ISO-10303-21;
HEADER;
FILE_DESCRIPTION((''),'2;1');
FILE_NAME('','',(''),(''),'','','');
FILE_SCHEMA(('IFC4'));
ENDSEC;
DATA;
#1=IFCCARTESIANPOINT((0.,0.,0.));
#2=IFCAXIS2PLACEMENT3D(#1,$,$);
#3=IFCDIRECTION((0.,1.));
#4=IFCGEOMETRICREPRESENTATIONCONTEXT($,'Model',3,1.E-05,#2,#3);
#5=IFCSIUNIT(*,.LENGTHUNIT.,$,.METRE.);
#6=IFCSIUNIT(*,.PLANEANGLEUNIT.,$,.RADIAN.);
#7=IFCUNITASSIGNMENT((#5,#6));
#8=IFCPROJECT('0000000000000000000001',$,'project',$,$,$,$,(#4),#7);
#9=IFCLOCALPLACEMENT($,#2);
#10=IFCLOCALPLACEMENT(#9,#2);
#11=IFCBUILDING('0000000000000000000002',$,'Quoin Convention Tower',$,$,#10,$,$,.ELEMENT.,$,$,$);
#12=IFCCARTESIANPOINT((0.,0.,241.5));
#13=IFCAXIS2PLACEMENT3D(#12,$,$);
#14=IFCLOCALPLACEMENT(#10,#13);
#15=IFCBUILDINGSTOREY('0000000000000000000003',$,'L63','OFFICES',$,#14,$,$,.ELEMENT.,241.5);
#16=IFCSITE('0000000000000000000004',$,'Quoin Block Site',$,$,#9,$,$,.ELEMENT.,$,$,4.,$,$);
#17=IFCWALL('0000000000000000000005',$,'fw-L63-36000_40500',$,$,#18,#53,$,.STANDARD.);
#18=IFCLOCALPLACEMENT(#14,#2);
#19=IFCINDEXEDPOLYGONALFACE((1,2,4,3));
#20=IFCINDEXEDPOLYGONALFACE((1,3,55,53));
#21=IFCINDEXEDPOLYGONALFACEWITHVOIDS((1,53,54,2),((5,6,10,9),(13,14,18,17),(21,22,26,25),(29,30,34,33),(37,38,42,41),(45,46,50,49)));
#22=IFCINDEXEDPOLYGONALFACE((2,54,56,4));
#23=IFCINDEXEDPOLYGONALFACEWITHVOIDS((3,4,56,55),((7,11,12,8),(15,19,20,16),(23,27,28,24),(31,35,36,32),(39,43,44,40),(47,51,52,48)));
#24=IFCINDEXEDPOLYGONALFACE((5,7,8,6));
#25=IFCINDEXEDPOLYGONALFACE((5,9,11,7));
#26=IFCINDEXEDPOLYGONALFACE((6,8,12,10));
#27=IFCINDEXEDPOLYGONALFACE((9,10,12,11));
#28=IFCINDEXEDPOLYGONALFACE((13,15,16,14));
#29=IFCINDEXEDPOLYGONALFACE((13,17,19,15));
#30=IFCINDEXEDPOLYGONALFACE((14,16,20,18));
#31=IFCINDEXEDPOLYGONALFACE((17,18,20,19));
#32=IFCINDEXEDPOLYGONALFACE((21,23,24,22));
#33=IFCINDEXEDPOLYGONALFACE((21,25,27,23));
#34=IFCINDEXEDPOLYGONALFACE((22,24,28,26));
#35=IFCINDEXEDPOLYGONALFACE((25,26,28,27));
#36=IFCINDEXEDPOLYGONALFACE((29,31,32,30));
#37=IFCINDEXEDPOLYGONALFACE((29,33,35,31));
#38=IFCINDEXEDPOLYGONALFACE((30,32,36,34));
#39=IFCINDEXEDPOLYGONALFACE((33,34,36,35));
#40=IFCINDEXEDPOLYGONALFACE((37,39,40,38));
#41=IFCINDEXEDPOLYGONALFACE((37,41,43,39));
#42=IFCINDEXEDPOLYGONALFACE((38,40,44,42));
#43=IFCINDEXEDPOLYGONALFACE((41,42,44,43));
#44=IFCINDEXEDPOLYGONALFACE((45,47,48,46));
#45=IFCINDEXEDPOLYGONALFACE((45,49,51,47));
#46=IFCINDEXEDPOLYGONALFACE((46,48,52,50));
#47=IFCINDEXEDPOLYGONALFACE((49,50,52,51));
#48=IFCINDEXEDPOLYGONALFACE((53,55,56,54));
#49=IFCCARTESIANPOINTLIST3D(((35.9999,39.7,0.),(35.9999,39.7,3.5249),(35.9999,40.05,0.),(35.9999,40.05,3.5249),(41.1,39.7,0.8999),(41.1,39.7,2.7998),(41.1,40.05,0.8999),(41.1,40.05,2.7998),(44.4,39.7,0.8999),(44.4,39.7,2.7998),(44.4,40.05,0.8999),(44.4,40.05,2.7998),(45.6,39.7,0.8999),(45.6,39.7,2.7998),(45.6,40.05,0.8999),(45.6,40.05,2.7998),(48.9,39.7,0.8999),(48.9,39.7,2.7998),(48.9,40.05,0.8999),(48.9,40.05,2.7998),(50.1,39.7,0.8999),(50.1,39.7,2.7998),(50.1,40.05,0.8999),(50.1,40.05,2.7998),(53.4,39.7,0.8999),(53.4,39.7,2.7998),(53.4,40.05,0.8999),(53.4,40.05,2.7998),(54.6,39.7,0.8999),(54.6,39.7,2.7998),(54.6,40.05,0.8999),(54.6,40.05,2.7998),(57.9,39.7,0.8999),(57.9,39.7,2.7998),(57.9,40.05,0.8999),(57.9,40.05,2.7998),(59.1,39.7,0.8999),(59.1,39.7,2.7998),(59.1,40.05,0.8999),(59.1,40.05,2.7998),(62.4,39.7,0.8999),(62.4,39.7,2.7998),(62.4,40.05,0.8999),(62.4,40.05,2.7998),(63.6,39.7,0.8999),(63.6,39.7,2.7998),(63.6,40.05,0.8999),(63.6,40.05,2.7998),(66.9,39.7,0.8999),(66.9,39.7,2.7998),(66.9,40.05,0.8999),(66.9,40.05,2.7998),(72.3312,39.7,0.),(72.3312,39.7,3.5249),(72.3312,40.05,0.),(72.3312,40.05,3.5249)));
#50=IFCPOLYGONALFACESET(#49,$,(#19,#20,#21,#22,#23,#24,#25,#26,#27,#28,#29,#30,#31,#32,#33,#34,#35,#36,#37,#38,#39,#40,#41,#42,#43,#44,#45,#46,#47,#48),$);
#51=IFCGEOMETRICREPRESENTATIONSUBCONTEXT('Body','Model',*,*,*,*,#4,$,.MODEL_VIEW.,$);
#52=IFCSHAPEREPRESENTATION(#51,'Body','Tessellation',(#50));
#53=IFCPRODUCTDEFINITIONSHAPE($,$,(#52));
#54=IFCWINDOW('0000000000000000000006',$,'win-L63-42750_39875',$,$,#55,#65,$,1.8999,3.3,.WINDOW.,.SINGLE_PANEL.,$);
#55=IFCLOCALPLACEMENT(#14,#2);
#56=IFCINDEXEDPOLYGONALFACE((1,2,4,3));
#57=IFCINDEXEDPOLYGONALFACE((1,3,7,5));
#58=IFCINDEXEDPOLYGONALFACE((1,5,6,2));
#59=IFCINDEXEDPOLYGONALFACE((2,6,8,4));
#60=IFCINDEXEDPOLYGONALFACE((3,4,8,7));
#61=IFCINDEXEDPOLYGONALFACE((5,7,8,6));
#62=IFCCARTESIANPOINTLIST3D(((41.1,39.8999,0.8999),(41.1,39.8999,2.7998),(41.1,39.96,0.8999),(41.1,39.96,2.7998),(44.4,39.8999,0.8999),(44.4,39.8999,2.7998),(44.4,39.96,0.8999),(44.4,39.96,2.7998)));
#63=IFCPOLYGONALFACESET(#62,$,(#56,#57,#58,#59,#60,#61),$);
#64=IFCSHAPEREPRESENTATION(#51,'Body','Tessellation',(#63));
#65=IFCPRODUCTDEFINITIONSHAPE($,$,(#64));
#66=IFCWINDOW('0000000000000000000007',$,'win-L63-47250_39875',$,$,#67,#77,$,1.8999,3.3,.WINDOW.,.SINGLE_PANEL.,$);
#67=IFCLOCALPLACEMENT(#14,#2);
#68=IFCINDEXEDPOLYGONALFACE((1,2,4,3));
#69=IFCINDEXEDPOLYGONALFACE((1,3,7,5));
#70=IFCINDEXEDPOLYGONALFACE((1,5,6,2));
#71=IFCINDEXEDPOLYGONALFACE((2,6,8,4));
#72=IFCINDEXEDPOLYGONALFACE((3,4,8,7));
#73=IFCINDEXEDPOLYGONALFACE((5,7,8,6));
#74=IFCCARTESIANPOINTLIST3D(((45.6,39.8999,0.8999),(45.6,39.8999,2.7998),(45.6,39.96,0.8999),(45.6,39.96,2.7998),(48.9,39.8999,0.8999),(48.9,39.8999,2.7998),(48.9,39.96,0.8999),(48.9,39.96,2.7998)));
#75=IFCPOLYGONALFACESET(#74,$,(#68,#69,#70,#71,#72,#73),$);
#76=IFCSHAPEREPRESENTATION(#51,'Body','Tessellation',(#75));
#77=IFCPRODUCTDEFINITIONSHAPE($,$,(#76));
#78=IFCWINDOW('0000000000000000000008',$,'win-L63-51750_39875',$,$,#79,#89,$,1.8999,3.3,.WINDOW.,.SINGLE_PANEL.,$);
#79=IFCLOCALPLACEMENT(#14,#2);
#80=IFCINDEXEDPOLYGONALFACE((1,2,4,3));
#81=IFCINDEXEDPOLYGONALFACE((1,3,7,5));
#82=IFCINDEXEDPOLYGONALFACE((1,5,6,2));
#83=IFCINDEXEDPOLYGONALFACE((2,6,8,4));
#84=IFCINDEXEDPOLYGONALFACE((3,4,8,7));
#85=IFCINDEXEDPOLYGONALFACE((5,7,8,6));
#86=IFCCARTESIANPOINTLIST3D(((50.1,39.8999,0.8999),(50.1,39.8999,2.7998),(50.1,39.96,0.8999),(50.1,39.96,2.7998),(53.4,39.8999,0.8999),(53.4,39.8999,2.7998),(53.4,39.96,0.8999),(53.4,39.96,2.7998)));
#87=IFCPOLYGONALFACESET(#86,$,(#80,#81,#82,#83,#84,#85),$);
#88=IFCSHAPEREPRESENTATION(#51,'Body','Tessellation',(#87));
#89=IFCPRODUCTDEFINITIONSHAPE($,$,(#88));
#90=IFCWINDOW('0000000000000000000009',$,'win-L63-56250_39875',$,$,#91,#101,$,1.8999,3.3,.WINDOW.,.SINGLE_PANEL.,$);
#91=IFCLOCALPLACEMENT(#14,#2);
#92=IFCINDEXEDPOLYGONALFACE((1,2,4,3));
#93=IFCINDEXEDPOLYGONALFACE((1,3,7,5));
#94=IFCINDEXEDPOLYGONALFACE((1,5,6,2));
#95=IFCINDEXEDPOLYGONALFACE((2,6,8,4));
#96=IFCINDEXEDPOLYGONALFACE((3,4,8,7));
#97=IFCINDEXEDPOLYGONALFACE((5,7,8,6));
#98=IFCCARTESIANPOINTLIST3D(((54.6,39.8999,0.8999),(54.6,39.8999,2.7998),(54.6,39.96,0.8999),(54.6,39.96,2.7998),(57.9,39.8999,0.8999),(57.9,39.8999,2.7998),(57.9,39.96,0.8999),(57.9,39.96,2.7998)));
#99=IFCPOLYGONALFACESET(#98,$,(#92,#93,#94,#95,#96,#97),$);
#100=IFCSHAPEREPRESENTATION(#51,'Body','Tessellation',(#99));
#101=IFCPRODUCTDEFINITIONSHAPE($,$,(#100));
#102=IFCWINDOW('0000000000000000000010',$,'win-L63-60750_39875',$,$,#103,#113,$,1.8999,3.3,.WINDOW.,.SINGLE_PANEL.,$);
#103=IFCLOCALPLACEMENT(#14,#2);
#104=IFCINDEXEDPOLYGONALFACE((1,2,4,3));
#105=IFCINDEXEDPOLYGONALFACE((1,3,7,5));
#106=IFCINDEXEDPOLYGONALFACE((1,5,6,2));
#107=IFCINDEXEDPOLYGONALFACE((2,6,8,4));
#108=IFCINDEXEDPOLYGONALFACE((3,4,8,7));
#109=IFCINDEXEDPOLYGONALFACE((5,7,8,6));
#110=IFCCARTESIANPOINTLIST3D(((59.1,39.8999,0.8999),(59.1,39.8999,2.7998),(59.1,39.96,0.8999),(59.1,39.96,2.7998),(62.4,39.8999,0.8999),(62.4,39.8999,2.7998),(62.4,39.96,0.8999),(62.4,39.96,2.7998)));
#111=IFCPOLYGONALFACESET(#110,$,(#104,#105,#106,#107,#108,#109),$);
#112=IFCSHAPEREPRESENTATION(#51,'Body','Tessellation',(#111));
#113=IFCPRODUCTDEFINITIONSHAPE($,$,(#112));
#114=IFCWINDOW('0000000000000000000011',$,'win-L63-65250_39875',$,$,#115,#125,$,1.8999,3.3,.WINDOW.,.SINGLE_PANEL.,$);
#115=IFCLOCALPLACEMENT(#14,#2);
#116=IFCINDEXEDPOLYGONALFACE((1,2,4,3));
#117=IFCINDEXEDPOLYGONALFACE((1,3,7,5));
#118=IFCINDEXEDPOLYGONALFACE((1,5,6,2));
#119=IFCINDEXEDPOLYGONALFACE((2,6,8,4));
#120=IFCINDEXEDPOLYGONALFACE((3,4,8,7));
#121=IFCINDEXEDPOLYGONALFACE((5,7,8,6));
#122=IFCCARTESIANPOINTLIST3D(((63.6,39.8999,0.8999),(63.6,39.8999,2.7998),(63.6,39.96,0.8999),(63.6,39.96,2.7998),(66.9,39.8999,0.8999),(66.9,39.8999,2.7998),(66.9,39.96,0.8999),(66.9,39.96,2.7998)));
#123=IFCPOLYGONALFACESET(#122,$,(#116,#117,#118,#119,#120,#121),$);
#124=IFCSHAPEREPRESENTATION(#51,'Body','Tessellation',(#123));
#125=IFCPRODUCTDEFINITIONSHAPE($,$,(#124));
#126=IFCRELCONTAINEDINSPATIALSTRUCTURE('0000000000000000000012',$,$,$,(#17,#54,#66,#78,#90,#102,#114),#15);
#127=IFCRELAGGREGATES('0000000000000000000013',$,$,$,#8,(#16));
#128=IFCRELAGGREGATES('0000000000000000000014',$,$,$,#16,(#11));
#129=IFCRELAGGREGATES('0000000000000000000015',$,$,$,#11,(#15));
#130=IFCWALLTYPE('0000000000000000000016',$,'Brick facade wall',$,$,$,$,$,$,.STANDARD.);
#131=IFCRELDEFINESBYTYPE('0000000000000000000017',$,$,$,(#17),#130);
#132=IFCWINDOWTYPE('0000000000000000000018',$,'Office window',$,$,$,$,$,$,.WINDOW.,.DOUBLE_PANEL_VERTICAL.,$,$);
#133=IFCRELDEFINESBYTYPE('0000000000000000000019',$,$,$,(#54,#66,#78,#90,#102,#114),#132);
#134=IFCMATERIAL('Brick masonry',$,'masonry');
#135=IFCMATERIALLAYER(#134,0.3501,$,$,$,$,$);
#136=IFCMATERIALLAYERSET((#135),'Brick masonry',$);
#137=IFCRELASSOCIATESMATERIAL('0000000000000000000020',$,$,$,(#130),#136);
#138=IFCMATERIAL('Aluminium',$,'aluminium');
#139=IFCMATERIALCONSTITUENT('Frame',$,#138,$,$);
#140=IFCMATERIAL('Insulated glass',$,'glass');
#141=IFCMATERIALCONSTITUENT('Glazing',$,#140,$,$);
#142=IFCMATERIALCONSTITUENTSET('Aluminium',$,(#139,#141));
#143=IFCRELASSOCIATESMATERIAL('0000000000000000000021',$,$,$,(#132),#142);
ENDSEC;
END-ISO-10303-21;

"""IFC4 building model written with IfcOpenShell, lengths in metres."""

from ifc_helpers import new_model, si_unit, direction, frame, frame_2d, origin, place, context, subcontext, project, spatial, rectangle, extrude, material, layer, layer_set, constituent, constituent_set, type_object, element, fill, save


model = new_model("IFC4")

# Units and contexts
model_context = context("Model", 3, precision=1e-05, world=origin(), true_north=direction((0.0, 1.0)))
body_context = subcontext(model_context, "Body", "Model", "MODEL_VIEW")
ifc_project = project(units=[si_unit("LENGTHUNIT", "METRE"), si_unit("PLANEANGLEUNIT", "RADIAN")], contexts=[model_context])

# Site, building, storey
site_placement = place(None, origin())
site = spatial("IfcSite", under=ifc_project, at=site_placement, Name="Quoin Block Site", CompositionType="ELEMENT", RefElevation=4.0)
building_placement = place(site_placement, origin())
building = spatial("IfcBuilding", under=site, at=building_placement, Name="Quoin Convention Tower", CompositionType="ELEMENT")
storey_placement = place(building_placement, frame((0.0, 0.0, 241.5)))
storey = spatial("IfcBuildingStorey", under=building, at=storey_placement, Name="L63", Description="OFFICES", CompositionType="ELEMENT", Elevation=241.5)

# Wall, openings, windows
ifc_material_1 = material(Name="Brick masonry", Category="masonry")
ifc_layer_1 = layer(ifc_material_1, 0.3501)
ifc_layer_set_1 = layer_set([ifc_layer_1], Name="Brick masonry")
wall_type = type_object("IfcWallType", Name="Brick facade wall", PredefinedType="STANDARD", material=ifc_layer_set_1)
wall_1_placement = place(storey_placement, frame((36.0, 39.875, 0.0), z_axis=(0.0, 0.0, 1.0), x_axis=(1.0, 0.0, 0.0)))
wall_1 = element("IfcWall", 1, at=wall_1_placement, inside=storey, type_object=wall_type, Name="fw-L63-36000_40500", PredefinedType="STANDARD", context=body_context, shape_type="SweptSolid", body=[
    extrude(rectangle(XDim=36.3313, YDim=0.3501, at=frame_2d((18.1655, 0.0))), origin(), (0.0, 0.0, 1.0), 3.5249),
])
opening_1_placement = place(wall_1_placement, frame((5.1001, 0.0, 0.8999)))
opening_1 = element("IfcOpeningElement", 2, at=opening_1_placement, cuts=wall_1, PredefinedType="OPENING", context=body_context, shape_type="SweptSolid", body=[
    extrude(rectangle(XDim=3.3, YDim=1.8999, at=frame_2d((1.6499, 0.95))), frame((0.0, 0.1851, 0.0), z_axis=(0.0, -1.0, 0.0), x_axis=(1.0, 0.0, 0.0)), (0.0, 0.0, 1.0), 0.3701),
])
opening_2_placement = place(wall_1_placement, frame((9.6001, 0.0, 0.8999)))
opening_2 = element("IfcOpeningElement", 3, at=opening_2_placement, cuts=wall_1, PredefinedType="OPENING", context=body_context, shape_type="SweptSolid", body=[
    extrude(rectangle(XDim=3.3, YDim=1.8999, at=frame_2d((1.6499, 0.95))), frame((0.0, 0.1851, 0.0), z_axis=(0.0, -1.0, 0.0), x_axis=(1.0, 0.0, 0.0)), (0.0, 0.0, 1.0), 0.3701),
])
opening_3_placement = place(wall_1_placement, frame((14.1001, 0.0, 0.8999)))
opening_3 = element("IfcOpeningElement", 4, at=opening_3_placement, cuts=wall_1, PredefinedType="OPENING", context=body_context, shape_type="SweptSolid", body=[
    extrude(rectangle(XDim=3.3, YDim=1.8999, at=frame_2d((1.6499, 0.95))), frame((0.0, 0.1851, 0.0), z_axis=(0.0, -1.0, 0.0), x_axis=(1.0, 0.0, 0.0)), (0.0, 0.0, 1.0), 0.3701),
])
opening_4_placement = place(wall_1_placement, frame((18.6001, 0.0, 0.8999)))
opening_4 = element("IfcOpeningElement", 5, at=opening_4_placement, cuts=wall_1, PredefinedType="OPENING", context=body_context, shape_type="SweptSolid", body=[
    extrude(rectangle(XDim=3.3, YDim=1.8999, at=frame_2d((1.6499, 0.95))), frame((0.0, 0.1851, 0.0), z_axis=(0.0, -1.0, 0.0), x_axis=(1.0, 0.0, 0.0)), (0.0, 0.0, 1.0), 0.3701),
])
opening_5_placement = place(wall_1_placement, frame((23.1001, 0.0, 0.8999)))
opening_5 = element("IfcOpeningElement", 6, at=opening_5_placement, cuts=wall_1, PredefinedType="OPENING", context=body_context, shape_type="SweptSolid", body=[
    extrude(rectangle(XDim=3.3, YDim=1.8999, at=frame_2d((1.6499, 0.95))), frame((0.0, 0.1851, 0.0), z_axis=(0.0, -1.0, 0.0), x_axis=(1.0, 0.0, 0.0)), (0.0, 0.0, 1.0), 0.3701),
])
opening_6_placement = place(wall_1_placement, frame((27.6001, 0.0, 0.8999)))
opening_6 = element("IfcOpeningElement", 7, at=opening_6_placement, cuts=wall_1, PredefinedType="OPENING", context=body_context, shape_type="SweptSolid", body=[
    extrude(rectangle(XDim=3.3, YDim=1.8999, at=frame_2d((1.6499, 0.95))), frame((0.0, 0.1851, 0.0), z_axis=(0.0, -1.0, 0.0), x_axis=(1.0, 0.0, 0.0)), (0.0, 0.0, 1.0), 0.3701),
])
ifc_material_2 = material(Name="Aluminium", Category="aluminium")
ifc_constituent_1 = constituent(ifc_material_2, Name="Frame")
ifc_material_3 = material(Name="Insulated glass", Category="glass")
ifc_constituent_2 = constituent(ifc_material_3, Name="Glazing")
ifc_constituent_set = constituent_set(constituents=[ifc_constituent_1, ifc_constituent_2], Name="Aluminium")
window_type = type_object("IfcWindowType", Name="Office window", PartitioningType="DOUBLE_PANEL_VERTICAL", PredefinedType="WINDOW", material=ifc_constituent_set)
window_1_placement = place(opening_1_placement, origin())
window_1 = element("IfcWindow", 8, at=window_1_placement, inside=storey, type_object=window_type, Name="win-L63-42750_39875", OverallHeight=1.8999, OverallWidth=3.3, PartitioningType="SINGLE_PANEL", PredefinedType="WINDOW", context=body_context, shape_type="SweptSolid", body=[
    extrude(rectangle(XDim=3.3, YDim=1.8999, at=frame_2d((1.6499, 0.95))), frame((0.0, 0.085, 0.0), z_axis=(0.0, -1.0, 0.0), x_axis=(1.0, 0.0, 0.0)), (0.0, 0.0, 1.0), 0.0601),
])
fill(opening_1, window_1)
window_2_placement = place(opening_2_placement, origin())
window_2 = element("IfcWindow", 9, at=window_2_placement, inside=storey, type_object=window_type, Name="win-L63-47250_39875", OverallHeight=1.8999, OverallWidth=3.3, PartitioningType="SINGLE_PANEL", PredefinedType="WINDOW", context=body_context, shape_type="SweptSolid", body=[
    extrude(rectangle(XDim=3.3, YDim=1.8999, at=frame_2d((1.6499, 0.95))), frame((0.0, 0.085, 0.0), z_axis=(0.0, -1.0, 0.0), x_axis=(1.0, 0.0, 0.0)), (0.0, 0.0, 1.0), 0.0601),
])
fill(opening_2, window_2)
window_3_placement = place(opening_3_placement, origin())
window_3 = element("IfcWindow", 10, at=window_3_placement, inside=storey, type_object=window_type, Name="win-L63-51750_39875", OverallHeight=1.8999, OverallWidth=3.3, PartitioningType="SINGLE_PANEL", PredefinedType="WINDOW", context=body_context, shape_type="SweptSolid", body=[
    extrude(rectangle(XDim=3.3, YDim=1.8999, at=frame_2d((1.6499, 0.95))), frame((0.0, 0.085, 0.0), z_axis=(0.0, -1.0, 0.0), x_axis=(1.0, 0.0, 0.0)), (0.0, 0.0, 1.0), 0.0601),
])
fill(opening_3, window_3)
window_4_placement = place(opening_4_placement, origin())
window_4 = element("IfcWindow", 11, at=window_4_placement, inside=storey, type_object=window_type, Name="win-L63-56250_39875", OverallHeight=1.8999, OverallWidth=3.3, PartitioningType="SINGLE_PANEL", PredefinedType="WINDOW", context=body_context, shape_type="SweptSolid", body=[
    extrude(rectangle(XDim=3.3, YDim=1.8999, at=frame_2d((1.6499, 0.95))), frame((0.0, 0.085, 0.0), z_axis=(0.0, -1.0, 0.0), x_axis=(1.0, 0.0, 0.0)), (0.0, 0.0, 1.0), 0.0601),
])
fill(opening_4, window_4)
window_5_placement = place(opening_5_placement, origin())
window_5 = element("IfcWindow", 12, at=window_5_placement, inside=storey, type_object=window_type, Name="win-L63-60750_39875", OverallHeight=1.8999, OverallWidth=3.3, PartitioningType="SINGLE_PANEL", PredefinedType="WINDOW", context=body_context, shape_type="SweptSolid", body=[
    extrude(rectangle(XDim=3.3, YDim=1.8999, at=frame_2d((1.6499, 0.95))), frame((0.0, 0.085, 0.0), z_axis=(0.0, -1.0, 0.0), x_axis=(1.0, 0.0, 0.0)), (0.0, 0.0, 1.0), 0.0601),
])
fill(opening_5, window_5)
window_6_placement = place(opening_6_placement, origin())
window_6 = element("IfcWindow", 13, at=window_6_placement, inside=storey, type_object=window_type, Name="win-L63-65250_39875", OverallHeight=1.8999, OverallWidth=3.3, PartitioningType="SINGLE_PANEL", PredefinedType="WINDOW", context=body_context, shape_type="SweptSolid", body=[
    extrude(rectangle(XDim=3.3, YDim=1.8999, at=frame_2d((1.6499, 0.95))), frame((0.0, 0.085, 0.0), z_axis=(0.0, -1.0, 0.0), x_axis=(1.0, 0.0, 0.0)), (0.0, 0.0, 1.0), 0.0601),
])
fill(opening_6, window_6)

save(model, "model.ifc")
